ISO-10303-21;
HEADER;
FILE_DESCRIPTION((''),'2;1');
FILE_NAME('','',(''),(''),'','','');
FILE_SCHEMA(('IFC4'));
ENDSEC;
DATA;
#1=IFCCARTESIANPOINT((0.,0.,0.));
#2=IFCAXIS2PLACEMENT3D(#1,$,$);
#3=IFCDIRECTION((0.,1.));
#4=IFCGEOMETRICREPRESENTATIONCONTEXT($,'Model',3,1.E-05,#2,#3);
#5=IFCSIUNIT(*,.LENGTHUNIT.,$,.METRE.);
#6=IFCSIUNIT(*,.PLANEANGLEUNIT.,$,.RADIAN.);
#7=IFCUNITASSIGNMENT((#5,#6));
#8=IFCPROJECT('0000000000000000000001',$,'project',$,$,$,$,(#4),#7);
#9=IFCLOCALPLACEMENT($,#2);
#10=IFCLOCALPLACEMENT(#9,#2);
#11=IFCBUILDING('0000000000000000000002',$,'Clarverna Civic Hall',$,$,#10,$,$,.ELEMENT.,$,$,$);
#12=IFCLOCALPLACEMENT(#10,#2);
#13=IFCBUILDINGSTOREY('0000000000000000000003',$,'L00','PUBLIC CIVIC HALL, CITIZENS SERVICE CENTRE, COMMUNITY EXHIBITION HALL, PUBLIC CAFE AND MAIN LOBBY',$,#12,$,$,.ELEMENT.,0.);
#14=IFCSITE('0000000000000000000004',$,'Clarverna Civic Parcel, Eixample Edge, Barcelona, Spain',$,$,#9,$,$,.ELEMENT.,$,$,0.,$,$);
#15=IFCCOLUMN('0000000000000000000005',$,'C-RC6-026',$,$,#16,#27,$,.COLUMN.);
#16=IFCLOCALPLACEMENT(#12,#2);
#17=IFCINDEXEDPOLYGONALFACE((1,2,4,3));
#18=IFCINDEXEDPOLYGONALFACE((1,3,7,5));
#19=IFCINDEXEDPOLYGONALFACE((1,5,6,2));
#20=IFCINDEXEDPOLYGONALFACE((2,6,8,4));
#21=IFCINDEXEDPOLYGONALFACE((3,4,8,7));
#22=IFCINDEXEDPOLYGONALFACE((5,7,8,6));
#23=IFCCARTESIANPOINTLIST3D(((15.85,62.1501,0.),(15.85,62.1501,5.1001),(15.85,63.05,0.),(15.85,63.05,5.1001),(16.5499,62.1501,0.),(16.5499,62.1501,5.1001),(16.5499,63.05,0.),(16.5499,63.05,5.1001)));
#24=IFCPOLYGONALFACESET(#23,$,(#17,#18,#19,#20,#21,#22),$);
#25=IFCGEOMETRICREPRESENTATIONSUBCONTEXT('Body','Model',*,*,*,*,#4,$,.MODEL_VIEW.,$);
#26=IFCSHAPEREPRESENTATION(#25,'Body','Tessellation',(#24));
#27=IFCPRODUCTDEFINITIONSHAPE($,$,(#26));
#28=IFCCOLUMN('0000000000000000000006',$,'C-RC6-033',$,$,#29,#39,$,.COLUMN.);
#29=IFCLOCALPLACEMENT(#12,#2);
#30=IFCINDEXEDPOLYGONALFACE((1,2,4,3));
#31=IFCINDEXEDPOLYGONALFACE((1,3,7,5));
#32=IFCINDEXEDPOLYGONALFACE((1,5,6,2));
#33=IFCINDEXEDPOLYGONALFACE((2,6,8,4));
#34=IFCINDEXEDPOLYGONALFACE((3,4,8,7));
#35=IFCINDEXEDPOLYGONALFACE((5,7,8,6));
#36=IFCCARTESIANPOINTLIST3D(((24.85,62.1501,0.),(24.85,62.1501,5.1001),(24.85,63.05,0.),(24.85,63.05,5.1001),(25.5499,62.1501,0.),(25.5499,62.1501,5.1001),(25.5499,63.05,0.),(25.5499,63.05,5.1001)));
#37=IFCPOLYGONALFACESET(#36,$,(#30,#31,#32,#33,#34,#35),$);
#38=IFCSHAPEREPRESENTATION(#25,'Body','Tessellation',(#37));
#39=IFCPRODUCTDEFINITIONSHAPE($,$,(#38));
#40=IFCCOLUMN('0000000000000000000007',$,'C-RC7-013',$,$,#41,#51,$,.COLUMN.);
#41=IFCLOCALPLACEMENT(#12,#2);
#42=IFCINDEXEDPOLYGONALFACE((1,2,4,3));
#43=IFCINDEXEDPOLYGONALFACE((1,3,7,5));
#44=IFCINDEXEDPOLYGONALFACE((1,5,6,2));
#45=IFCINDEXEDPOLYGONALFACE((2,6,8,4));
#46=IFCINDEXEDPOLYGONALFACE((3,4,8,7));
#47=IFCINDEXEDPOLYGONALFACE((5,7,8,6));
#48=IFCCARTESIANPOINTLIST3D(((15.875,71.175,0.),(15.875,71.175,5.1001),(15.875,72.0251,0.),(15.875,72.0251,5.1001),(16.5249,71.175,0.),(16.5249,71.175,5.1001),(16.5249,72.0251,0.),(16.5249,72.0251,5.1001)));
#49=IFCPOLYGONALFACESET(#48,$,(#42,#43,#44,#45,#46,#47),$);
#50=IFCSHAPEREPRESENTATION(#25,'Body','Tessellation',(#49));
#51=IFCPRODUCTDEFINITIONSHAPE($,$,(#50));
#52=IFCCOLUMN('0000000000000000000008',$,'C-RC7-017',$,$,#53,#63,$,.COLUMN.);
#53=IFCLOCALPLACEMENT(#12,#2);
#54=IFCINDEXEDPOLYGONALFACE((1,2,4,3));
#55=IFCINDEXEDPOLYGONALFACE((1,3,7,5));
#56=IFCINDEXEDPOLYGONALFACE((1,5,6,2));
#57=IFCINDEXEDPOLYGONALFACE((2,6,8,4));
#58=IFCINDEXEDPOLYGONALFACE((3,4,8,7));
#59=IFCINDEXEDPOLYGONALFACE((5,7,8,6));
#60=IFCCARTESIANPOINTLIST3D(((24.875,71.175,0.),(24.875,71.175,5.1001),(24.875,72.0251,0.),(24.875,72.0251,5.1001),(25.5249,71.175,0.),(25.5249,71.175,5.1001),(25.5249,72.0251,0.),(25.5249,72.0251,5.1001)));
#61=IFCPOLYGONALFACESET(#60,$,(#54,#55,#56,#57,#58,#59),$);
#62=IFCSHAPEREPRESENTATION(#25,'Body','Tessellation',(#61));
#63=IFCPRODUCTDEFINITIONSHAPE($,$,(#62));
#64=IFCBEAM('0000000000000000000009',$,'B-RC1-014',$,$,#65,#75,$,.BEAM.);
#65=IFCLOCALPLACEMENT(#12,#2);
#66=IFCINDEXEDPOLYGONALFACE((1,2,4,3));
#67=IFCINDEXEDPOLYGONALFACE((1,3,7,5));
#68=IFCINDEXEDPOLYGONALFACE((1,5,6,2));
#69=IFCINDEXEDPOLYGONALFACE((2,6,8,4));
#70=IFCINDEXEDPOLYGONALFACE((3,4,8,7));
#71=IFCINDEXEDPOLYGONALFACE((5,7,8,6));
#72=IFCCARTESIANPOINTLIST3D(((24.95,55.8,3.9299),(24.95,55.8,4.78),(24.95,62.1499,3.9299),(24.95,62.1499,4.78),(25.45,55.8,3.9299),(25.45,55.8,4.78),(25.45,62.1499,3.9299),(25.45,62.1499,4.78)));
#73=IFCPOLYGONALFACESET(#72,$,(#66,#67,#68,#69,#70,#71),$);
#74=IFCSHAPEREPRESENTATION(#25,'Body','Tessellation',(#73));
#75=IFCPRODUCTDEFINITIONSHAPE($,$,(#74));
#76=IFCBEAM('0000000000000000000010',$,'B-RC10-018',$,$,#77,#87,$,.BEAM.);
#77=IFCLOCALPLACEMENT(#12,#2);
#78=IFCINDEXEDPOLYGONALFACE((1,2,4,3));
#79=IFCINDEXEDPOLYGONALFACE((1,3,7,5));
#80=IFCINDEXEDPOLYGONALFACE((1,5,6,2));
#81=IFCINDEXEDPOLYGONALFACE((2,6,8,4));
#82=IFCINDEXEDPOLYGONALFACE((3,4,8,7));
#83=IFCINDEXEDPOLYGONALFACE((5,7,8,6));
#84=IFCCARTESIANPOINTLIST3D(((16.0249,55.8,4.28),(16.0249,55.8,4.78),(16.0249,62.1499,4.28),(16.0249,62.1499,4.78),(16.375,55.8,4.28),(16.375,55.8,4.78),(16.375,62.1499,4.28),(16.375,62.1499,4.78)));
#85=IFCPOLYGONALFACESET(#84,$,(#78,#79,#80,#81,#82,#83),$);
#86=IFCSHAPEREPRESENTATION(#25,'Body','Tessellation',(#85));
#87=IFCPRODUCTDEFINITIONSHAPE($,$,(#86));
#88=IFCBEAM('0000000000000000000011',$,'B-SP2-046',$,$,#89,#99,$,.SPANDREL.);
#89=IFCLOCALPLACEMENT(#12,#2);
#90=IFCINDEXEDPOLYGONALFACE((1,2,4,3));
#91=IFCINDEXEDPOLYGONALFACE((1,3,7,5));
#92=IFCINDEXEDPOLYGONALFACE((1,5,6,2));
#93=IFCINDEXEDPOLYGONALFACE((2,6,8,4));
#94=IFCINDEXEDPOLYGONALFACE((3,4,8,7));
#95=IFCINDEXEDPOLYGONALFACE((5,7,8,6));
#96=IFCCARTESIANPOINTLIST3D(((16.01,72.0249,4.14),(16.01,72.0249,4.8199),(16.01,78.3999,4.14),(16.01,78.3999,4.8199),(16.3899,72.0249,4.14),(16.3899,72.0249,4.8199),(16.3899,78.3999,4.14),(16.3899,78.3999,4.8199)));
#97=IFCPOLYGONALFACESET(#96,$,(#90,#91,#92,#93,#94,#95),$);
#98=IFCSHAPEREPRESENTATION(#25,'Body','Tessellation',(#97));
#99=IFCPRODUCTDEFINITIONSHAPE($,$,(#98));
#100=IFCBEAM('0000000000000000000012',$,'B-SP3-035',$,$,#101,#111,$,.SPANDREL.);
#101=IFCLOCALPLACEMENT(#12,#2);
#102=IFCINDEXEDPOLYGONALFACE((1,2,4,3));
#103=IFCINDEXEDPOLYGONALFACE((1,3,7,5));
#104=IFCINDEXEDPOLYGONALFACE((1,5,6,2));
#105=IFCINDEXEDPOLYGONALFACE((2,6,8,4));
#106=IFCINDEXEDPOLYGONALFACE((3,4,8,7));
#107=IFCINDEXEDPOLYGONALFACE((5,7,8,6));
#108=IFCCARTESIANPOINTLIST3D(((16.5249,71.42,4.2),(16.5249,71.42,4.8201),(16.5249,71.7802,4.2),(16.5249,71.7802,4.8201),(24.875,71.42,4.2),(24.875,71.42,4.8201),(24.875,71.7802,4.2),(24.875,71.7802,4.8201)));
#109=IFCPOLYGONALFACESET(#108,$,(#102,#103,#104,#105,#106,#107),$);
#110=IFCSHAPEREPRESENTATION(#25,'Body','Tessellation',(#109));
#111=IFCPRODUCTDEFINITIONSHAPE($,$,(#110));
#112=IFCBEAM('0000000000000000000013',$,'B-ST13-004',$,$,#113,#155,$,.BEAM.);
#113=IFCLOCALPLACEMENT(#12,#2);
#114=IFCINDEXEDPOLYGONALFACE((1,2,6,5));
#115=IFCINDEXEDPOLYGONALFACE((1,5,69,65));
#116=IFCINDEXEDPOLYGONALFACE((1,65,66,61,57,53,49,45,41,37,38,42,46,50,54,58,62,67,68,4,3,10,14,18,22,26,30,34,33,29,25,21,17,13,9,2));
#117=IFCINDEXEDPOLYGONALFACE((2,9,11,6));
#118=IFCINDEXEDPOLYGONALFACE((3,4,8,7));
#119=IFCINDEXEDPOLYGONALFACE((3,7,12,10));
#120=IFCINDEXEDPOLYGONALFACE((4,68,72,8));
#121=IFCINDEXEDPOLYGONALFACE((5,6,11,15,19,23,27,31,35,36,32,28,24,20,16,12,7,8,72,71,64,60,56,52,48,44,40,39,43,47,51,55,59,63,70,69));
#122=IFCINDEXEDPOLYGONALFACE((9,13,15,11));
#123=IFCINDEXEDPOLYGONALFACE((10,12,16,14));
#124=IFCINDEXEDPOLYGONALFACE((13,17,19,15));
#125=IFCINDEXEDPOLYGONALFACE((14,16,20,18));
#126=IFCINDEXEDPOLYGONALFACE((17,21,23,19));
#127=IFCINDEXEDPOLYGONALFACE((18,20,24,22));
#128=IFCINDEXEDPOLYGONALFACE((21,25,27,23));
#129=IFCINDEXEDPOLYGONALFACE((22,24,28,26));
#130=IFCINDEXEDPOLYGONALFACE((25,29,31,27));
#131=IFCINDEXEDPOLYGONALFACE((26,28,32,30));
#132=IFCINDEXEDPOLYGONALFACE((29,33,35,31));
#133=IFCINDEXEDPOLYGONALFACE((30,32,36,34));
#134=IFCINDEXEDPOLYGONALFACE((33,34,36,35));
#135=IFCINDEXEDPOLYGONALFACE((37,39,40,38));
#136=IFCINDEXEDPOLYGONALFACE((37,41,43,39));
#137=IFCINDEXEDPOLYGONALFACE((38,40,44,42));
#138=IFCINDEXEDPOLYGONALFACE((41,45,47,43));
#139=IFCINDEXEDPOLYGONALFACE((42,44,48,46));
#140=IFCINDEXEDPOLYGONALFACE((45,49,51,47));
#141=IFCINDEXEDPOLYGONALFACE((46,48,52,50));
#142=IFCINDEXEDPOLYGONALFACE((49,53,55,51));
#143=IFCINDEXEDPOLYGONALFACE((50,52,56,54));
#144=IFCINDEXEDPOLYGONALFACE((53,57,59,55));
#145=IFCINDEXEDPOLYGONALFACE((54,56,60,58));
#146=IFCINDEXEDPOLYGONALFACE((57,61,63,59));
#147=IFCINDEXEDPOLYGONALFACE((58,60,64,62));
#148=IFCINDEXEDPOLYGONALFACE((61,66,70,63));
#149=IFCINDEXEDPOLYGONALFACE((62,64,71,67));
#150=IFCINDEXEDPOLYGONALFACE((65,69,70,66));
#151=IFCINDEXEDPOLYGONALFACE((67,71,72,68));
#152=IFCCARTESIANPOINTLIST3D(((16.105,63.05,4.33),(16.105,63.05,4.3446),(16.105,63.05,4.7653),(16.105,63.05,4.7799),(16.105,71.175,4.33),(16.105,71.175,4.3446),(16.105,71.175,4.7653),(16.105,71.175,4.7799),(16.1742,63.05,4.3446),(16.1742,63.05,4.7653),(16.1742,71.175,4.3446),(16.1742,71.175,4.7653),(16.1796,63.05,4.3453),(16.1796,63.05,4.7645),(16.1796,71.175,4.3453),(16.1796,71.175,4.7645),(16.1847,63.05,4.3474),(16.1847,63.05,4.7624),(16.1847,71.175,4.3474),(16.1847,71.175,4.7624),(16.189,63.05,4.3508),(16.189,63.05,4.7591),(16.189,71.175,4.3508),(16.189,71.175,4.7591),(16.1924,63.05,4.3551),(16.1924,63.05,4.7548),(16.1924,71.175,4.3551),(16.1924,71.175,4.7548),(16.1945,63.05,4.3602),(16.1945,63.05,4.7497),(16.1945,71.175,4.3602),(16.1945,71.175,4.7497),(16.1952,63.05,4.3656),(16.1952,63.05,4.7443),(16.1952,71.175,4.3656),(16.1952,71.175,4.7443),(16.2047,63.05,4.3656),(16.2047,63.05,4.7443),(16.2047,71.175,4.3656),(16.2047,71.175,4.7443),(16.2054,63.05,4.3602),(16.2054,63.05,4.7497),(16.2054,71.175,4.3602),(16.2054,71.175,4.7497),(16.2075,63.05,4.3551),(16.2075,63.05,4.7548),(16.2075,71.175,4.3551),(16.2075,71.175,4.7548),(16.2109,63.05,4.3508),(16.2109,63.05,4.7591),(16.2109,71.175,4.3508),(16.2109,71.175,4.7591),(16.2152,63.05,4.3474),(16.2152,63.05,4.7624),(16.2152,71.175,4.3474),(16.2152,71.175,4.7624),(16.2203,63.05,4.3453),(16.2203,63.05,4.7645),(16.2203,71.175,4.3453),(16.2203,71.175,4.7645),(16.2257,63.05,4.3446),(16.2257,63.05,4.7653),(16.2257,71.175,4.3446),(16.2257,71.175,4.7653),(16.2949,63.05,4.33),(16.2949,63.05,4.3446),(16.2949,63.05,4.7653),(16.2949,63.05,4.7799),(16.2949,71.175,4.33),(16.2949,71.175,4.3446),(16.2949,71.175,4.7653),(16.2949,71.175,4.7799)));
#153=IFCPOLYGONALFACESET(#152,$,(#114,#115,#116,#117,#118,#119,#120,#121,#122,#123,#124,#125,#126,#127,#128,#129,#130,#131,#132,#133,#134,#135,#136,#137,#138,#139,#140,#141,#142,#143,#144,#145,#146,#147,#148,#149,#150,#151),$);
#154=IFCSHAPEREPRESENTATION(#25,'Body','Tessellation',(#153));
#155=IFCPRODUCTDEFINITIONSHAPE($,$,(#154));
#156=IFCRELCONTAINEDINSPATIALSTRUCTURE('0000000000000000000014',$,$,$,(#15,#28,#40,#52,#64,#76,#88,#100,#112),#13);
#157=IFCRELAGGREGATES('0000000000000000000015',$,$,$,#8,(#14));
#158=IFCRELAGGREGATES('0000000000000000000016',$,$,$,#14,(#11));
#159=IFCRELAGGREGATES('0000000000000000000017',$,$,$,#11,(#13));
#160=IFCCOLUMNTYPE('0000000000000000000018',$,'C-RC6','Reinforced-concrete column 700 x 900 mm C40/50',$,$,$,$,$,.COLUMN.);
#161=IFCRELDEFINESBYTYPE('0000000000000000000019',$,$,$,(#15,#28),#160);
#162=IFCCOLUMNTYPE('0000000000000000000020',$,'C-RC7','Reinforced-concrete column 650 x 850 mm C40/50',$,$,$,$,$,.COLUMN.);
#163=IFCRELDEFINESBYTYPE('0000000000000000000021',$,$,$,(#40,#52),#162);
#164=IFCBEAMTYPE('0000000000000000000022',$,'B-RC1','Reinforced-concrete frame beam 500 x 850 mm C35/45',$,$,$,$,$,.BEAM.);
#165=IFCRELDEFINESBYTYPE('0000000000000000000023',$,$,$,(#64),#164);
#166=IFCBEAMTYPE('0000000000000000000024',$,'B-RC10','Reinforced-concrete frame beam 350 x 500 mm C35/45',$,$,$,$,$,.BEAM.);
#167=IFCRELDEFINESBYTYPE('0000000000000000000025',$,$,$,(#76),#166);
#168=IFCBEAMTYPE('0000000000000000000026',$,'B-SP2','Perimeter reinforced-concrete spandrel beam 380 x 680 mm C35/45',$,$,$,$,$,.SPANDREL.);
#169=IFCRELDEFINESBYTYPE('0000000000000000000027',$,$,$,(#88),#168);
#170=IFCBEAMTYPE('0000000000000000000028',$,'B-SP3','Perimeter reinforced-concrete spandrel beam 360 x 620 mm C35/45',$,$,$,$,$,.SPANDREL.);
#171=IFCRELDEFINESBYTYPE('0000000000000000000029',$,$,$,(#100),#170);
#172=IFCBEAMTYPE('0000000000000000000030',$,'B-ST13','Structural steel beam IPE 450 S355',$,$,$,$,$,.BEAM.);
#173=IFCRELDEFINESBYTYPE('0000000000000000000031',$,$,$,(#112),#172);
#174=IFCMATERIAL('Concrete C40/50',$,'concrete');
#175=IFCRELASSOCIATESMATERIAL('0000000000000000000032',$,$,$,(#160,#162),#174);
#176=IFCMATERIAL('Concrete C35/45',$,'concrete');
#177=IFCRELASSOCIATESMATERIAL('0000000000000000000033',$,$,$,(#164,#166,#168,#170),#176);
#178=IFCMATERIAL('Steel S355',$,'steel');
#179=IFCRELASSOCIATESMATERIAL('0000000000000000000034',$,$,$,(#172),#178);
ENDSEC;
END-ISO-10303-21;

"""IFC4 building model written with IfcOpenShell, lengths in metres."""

from ifc_helpers import new_model, si_unit, direction, frame, origin, origin_2d, place, context, subcontext, project, spatial, rectangle, i_section, extrude, material, material_profile, profile_set, type_object, element, save


model = new_model("IFC4")

# Units and contexts
model_context = context("Model", 3, precision=1e-05, world=origin(), true_north=direction((0.0, 1.0)))
body_context = subcontext(model_context, "Body", "Model", "MODEL_VIEW")
ifc_project = project(units=[si_unit("LENGTHUNIT", "METRE"), si_unit("PLANEANGLEUNIT", "RADIAN")], contexts=[model_context])

# Site, building, storey
site_placement = place(None, origin())
site = spatial("IfcSite", under=ifc_project, at=site_placement, Name="Clarverna Civic Parcel, Eixample Edge, Barcelona, Spain", CompositionType="ELEMENT", RefElevation=0.0)
building_placement = place(site_placement, origin())
building = spatial("IfcBuilding", under=site, at=building_placement, Name="Clarverna Civic Hall", CompositionType="ELEMENT")
storey_placement = place(building_placement, origin())
storey = spatial("IfcBuildingStorey", under=building, at=storey_placement, Name="L00", Description="PUBLIC CIVIC HALL, CITIZENS SERVICE CENTRE, COMMUNITY EXHIBITION HALL, PUBLIC CAFE AND MAIN LOBBY", CompositionType="ELEMENT", Elevation=0.0)

# Columns
ifc_material_1 = material(Name="Concrete C40/50", Category="concrete")
ifc_material_profile_1 = material_profile(ifc_material_1, rectangle(XDim=0.7, YDim=0.8999, at=origin_2d()), Name="RC 700x900")
ifc_profile_set_1 = profile_set([ifc_material_profile_1], Name="Concrete C40/50")
column_type_1 = type_object("IfcColumnType", Name="C-RC6", Description="Reinforced-concrete column 700 x 900 mm C40/50", PredefinedType="COLUMN", material=ifc_profile_set_1)
for number, where, z_axis, x_axis, name in (
    (1, (16.2, 62.6001, 0.0), (0.0, 0.0, 1.0), (1.0, 0.0, 0.0), "C-RC6-026"),
    (2, (25.2, 62.6001, 0.0), (0.0, 0.0, 1.0), (1.0, 0.0, 0.0), "C-RC6-033"),
):
    element("IfcColumn", number, at=place(storey_placement, frame(where, z_axis=z_axis, x_axis=x_axis)), inside=storey, type_object=column_type_1, Name=name, PredefinedType="COLUMN", context=body_context, shape_type="SweptSolid", body=[
        extrude(rectangle(XDim=0.7, YDim=0.8999, at=origin_2d()), origin(), (0.0, 0.0, 1.0), 5.1001),
    ])
ifc_material_profile_2 = material_profile(ifc_material_1, rectangle(XDim=0.6499, YDim=0.8501, at=origin_2d()), Name="RC 650x850")
ifc_profile_set_2 = profile_set([ifc_material_profile_2], Name="Concrete C40/50")
column_type_2 = type_object("IfcColumnType", Name="C-RC7", Description="Reinforced-concrete column 650 x 850 mm C40/50", PredefinedType="COLUMN", material=ifc_profile_set_2)
for number, where, z_axis, x_axis, name in (
    (3, (16.2, 71.6001, 0.0), (0.0, 0.0, 1.0), (1.0, 0.0, 0.0), "C-RC7-013"),
    (4, (25.2, 71.6001, 0.0), (0.0, 0.0, 1.0), (1.0, 0.0, 0.0), "C-RC7-017"),
):
    element("IfcColumn", number, at=place(storey_placement, frame(where, z_axis=z_axis, x_axis=x_axis)), inside=storey, type_object=column_type_2, Name=name, PredefinedType="COLUMN", context=body_context, shape_type="SweptSolid", body=[
        extrude(rectangle(XDim=0.6499, YDim=0.8501, at=origin_2d()), origin(), (0.0, 0.0, 1.0), 5.1001),
    ])

# Beams
ifc_material_2 = material(Name="Concrete C35/45", Category="concrete")
ifc_material_profile_3 = material_profile(ifc_material_2, rectangle(XDim=0.5, YDim=0.8501, at=origin_2d()), Name="RC 500x850")
ifc_profile_set_3 = profile_set([ifc_material_profile_3], Name="Concrete C35/45")
beam_type_1 = type_object("IfcBeamType", Name="B-RC1", Description="Reinforced-concrete frame beam 500 x 850 mm C35/45", PredefinedType="BEAM", material=ifc_profile_set_3)
beam_1_placement = place(storey_placement, frame((25.2, 55.8, 4.355), z_axis=(0.0, 1.0, 0.0), x_axis=(-1.0, 0.0, 0.0)))
element("IfcBeam", 5, at=beam_1_placement, inside=storey, type_object=beam_type_1, Name="B-RC1-014", PredefinedType="BEAM", context=body_context, shape_type="SweptSolid", body=[
    extrude(rectangle(XDim=0.5, YDim=0.8501, at=origin_2d()), origin(), (0.0, 0.0, 1.0), 6.3499),
])
ifc_material_profile_4 = material_profile(ifc_material_2, rectangle(XDim=0.3501, YDim=0.5, at=origin_2d()), Name="RC 350x500")
ifc_profile_set_4 = profile_set([ifc_material_profile_4], Name="Concrete C35/45")
beam_type_2 = type_object("IfcBeamType", Name="B-RC10", Description="Reinforced-concrete frame beam 350 x 500 mm C35/45", PredefinedType="BEAM", material=ifc_profile_set_4)
beam_2_placement = place(storey_placement, frame((16.2, 55.8, 4.53), z_axis=(0.0, 1.0, 0.0), x_axis=(-1.0, 0.0, 0.0)))
element("IfcBeam", 6, at=beam_2_placement, inside=storey, type_object=beam_type_2, Name="B-RC10-018", PredefinedType="BEAM", context=body_context, shape_type="SweptSolid", body=[
    extrude(rectangle(XDim=0.3501, YDim=0.5, at=origin_2d()), origin(), (0.0, 0.0, 1.0), 6.3499),
])
ifc_material_profile_5 = material_profile(ifc_material_2, rectangle(XDim=0.3799, YDim=0.6799, at=origin_2d()), Name="RC 380x680")
ifc_profile_set_5 = profile_set([ifc_material_profile_5], Name="Concrete C35/45")
beam_type_3 = type_object("IfcBeamType", Name="B-SP2", Description="Perimeter reinforced-concrete spandrel beam 380 x 680 mm C35/45", PredefinedType="SPANDREL", material=ifc_profile_set_5)
beam_3_placement = place(storey_placement, frame((16.2, 72.0249, 4.48), z_axis=(0.0, 1.0, 0.0), x_axis=(-1.0, 0.0, 0.0)))
element("IfcBeam", 7, at=beam_3_placement, inside=storey, type_object=beam_type_3, Name="B-SP2-046", PredefinedType="SPANDREL", context=body_context, shape_type="SweptSolid", body=[
    extrude(rectangle(XDim=0.3799, YDim=0.6799, at=origin_2d()), origin(), (0.0, 0.0, 1.0), 6.375),
])
ifc_material_profile_6 = material_profile(ifc_material_2, rectangle(XDim=0.3601, YDim=0.6201, at=origin_2d()), Name="RC 360x620")
ifc_profile_set_6 = profile_set([ifc_material_profile_6], Name="Concrete C35/45")
beam_type_4 = type_object("IfcBeamType", Name="B-SP3", Description="Perimeter reinforced-concrete spandrel beam 360 x 620 mm C35/45", PredefinedType="SPANDREL", material=ifc_profile_set_6)
beam_4_placement = place(storey_placement, frame((16.5249, 71.6001, 4.51), z_axis=(1.0, 0.0, 0.0), x_axis=(0.0, 1.0, 0.0)))
element("IfcBeam", 8, at=beam_4_placement, inside=storey, type_object=beam_type_4, Name="B-SP3-035", PredefinedType="SPANDREL", context=body_context, shape_type="SweptSolid", body=[
    extrude(rectangle(XDim=0.3601, YDim=0.6201, at=origin_2d()), origin(), (0.0, 0.0, 1.0), 8.3501),
])
ifc_material_3 = material(Name="Steel S355", Category="steel")
ifc_material_profile_7 = material_profile(ifc_material_3, i_section(OverallWidth=0.1899, OverallDepth=0.45, WebThickness=0.0095, FlangeThickness=0.0146, FilletRadius=0.021, at=origin_2d()), Name="IPE 450")
ifc_profile_set_7 = profile_set([ifc_material_profile_7], Name="Steel S355")
beam_type_5 = type_object("IfcBeamType", Name="B-ST13", Description="Structural steel beam IPE 450 S355", PredefinedType="BEAM", material=ifc_profile_set_7)
beam_5_placement = place(storey_placement, frame((16.2, 63.05, 4.5549), z_axis=(0.0, 1.0, 0.0), x_axis=(-1.0, 0.0, 0.0)))
element("IfcBeam", 9, at=beam_5_placement, inside=storey, type_object=beam_type_5, Name="B-ST13-004", PredefinedType="BEAM", context=body_context, shape_type="SweptSolid", body=[
    extrude(i_section(OverallWidth=0.1899, OverallDepth=0.45, WebThickness=0.0095, FlangeThickness=0.0146, FilletRadius=0.021, at=origin_2d()), origin(), (0.0, 0.0, 1.0), 8.125),
])

save(model, "model.ifc")
